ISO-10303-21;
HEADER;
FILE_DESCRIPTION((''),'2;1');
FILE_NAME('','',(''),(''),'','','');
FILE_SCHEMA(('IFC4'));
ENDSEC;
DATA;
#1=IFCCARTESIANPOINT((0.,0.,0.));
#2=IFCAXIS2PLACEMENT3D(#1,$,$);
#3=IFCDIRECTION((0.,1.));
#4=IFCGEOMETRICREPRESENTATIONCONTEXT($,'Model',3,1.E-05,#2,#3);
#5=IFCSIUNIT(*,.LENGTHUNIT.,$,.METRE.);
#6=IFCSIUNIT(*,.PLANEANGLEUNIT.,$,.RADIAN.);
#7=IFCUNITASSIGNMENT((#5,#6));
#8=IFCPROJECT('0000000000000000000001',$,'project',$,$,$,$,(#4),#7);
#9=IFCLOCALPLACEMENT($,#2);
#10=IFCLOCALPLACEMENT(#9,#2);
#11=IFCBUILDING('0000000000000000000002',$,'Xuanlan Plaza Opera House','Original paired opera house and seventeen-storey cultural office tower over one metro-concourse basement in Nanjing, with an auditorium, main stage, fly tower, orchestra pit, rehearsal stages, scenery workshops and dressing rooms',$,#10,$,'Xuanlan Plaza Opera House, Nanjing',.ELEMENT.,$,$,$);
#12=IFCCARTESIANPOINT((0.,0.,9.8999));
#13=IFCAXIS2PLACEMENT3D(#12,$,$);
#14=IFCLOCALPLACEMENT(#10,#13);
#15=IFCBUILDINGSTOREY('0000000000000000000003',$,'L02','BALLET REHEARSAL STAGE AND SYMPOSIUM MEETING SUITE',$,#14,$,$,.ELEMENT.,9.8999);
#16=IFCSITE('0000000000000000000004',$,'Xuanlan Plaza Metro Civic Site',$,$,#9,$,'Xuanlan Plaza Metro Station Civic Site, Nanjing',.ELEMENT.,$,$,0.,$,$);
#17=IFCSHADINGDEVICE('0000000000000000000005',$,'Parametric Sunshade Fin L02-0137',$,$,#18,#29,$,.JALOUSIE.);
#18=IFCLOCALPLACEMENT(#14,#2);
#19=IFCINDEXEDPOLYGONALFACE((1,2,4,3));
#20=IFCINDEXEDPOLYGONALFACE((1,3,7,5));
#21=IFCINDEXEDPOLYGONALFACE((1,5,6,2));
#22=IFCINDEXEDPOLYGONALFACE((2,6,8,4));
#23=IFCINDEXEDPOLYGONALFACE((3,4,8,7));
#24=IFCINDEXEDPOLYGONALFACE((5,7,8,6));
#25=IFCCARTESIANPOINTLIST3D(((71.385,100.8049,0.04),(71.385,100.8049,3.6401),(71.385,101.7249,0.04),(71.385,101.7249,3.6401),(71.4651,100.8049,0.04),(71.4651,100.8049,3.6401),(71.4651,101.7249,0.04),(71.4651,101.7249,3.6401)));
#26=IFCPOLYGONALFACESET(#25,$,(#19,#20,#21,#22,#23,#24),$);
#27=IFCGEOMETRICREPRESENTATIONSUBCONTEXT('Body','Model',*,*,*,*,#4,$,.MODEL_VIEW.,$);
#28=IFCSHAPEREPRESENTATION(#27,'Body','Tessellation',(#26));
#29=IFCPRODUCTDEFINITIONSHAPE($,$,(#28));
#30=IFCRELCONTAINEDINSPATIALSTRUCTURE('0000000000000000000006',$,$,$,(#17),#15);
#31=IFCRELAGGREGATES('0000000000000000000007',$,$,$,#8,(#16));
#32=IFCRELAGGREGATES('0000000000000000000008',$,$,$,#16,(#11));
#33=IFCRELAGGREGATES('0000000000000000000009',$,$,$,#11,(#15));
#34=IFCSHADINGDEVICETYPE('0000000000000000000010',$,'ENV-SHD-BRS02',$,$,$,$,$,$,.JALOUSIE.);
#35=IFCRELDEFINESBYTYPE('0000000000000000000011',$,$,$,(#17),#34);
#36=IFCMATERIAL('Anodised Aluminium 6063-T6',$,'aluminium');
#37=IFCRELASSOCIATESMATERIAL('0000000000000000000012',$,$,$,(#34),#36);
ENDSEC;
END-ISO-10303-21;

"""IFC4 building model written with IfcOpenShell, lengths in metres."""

from ifc_helpers import new_model, si_unit, direction, frame, origin, origin_2d, place, context, subcontext, project, spatial, rectangle, extrude, material, type_object, element, save


model = new_model("IFC4")

# Units and contexts
model_context = context("Model", 3, precision=1e-05, world=origin(), true_north=direction((0.0, 1.0)))
body_context = subcontext(model_context, "Body", "Model", "MODEL_VIEW")
ifc_project = project(units=[si_unit("LENGTHUNIT", "METRE"), si_unit("PLANEANGLEUNIT", "RADIAN")], contexts=[model_context])

# Site, building, storey
site_placement = place(None, origin())
site = spatial("IfcSite", under=ifc_project, at=site_placement, Name="Xuanlan Plaza Metro Civic Site", LongName="Xuanlan Plaza Metro Station Civic Site, Nanjing", CompositionType="ELEMENT", RefElevation=0.0)
building_placement = place(site_placement, origin())
building = spatial("IfcBuilding", under=site, at=building_placement, Name="Xuanlan Plaza Opera House", Description="Original paired opera house and seventeen-storey cultural office tower over one metro-concourse basement in Nanjing, with an auditorium, main stage, fly tower, orchestra pit, rehearsal stages, scenery workshops and dressing rooms", LongName="Xuanlan Plaza Opera House, Nanjing", CompositionType="ELEMENT")
storey_placement = place(building_placement, frame((0.0, 0.0, 9.8999)))
storey = spatial("IfcBuildingStorey", under=building, at=storey_placement, Name="L02", Description="BALLET REHEARSAL STAGE AND SYMPOSIUM MEETING SUITE", CompositionType="ELEMENT", Elevation=9.8999)

# Shared definitions
ifc_material_1 = material(Name="Anodised Aluminium 6063-T6", Category="aluminium")

# Shading device
shading_device_type = type_object("IfcShadingDeviceType", Name="ENV-SHD-BRS02", PredefinedType="JALOUSIE", material=ifc_material_1)
for number, where, z_axis, x_axis, name in (
    (1, (71.425, 101.2649, 0.04), (0.0, 0.0, 1.0), (0.0, 1.0, 0.0), "Parametric Sunshade Fin L02-0137"),
):
    element("IfcShadingDevice", number, at=place(storey_placement, frame(where, z_axis=z_axis, x_axis=x_axis)), inside=storey, type_object=shading_device_type, Name=name, PredefinedType="JALOUSIE", context=body_context, shape_type="SweptSolid", body=[
        extrude(rectangle(XDim=0.9199, YDim=0.0801, at=origin_2d()), origin(), (0.0, 0.0, 1.0), 3.6001),
    ])

save(model, "model.ifc")
